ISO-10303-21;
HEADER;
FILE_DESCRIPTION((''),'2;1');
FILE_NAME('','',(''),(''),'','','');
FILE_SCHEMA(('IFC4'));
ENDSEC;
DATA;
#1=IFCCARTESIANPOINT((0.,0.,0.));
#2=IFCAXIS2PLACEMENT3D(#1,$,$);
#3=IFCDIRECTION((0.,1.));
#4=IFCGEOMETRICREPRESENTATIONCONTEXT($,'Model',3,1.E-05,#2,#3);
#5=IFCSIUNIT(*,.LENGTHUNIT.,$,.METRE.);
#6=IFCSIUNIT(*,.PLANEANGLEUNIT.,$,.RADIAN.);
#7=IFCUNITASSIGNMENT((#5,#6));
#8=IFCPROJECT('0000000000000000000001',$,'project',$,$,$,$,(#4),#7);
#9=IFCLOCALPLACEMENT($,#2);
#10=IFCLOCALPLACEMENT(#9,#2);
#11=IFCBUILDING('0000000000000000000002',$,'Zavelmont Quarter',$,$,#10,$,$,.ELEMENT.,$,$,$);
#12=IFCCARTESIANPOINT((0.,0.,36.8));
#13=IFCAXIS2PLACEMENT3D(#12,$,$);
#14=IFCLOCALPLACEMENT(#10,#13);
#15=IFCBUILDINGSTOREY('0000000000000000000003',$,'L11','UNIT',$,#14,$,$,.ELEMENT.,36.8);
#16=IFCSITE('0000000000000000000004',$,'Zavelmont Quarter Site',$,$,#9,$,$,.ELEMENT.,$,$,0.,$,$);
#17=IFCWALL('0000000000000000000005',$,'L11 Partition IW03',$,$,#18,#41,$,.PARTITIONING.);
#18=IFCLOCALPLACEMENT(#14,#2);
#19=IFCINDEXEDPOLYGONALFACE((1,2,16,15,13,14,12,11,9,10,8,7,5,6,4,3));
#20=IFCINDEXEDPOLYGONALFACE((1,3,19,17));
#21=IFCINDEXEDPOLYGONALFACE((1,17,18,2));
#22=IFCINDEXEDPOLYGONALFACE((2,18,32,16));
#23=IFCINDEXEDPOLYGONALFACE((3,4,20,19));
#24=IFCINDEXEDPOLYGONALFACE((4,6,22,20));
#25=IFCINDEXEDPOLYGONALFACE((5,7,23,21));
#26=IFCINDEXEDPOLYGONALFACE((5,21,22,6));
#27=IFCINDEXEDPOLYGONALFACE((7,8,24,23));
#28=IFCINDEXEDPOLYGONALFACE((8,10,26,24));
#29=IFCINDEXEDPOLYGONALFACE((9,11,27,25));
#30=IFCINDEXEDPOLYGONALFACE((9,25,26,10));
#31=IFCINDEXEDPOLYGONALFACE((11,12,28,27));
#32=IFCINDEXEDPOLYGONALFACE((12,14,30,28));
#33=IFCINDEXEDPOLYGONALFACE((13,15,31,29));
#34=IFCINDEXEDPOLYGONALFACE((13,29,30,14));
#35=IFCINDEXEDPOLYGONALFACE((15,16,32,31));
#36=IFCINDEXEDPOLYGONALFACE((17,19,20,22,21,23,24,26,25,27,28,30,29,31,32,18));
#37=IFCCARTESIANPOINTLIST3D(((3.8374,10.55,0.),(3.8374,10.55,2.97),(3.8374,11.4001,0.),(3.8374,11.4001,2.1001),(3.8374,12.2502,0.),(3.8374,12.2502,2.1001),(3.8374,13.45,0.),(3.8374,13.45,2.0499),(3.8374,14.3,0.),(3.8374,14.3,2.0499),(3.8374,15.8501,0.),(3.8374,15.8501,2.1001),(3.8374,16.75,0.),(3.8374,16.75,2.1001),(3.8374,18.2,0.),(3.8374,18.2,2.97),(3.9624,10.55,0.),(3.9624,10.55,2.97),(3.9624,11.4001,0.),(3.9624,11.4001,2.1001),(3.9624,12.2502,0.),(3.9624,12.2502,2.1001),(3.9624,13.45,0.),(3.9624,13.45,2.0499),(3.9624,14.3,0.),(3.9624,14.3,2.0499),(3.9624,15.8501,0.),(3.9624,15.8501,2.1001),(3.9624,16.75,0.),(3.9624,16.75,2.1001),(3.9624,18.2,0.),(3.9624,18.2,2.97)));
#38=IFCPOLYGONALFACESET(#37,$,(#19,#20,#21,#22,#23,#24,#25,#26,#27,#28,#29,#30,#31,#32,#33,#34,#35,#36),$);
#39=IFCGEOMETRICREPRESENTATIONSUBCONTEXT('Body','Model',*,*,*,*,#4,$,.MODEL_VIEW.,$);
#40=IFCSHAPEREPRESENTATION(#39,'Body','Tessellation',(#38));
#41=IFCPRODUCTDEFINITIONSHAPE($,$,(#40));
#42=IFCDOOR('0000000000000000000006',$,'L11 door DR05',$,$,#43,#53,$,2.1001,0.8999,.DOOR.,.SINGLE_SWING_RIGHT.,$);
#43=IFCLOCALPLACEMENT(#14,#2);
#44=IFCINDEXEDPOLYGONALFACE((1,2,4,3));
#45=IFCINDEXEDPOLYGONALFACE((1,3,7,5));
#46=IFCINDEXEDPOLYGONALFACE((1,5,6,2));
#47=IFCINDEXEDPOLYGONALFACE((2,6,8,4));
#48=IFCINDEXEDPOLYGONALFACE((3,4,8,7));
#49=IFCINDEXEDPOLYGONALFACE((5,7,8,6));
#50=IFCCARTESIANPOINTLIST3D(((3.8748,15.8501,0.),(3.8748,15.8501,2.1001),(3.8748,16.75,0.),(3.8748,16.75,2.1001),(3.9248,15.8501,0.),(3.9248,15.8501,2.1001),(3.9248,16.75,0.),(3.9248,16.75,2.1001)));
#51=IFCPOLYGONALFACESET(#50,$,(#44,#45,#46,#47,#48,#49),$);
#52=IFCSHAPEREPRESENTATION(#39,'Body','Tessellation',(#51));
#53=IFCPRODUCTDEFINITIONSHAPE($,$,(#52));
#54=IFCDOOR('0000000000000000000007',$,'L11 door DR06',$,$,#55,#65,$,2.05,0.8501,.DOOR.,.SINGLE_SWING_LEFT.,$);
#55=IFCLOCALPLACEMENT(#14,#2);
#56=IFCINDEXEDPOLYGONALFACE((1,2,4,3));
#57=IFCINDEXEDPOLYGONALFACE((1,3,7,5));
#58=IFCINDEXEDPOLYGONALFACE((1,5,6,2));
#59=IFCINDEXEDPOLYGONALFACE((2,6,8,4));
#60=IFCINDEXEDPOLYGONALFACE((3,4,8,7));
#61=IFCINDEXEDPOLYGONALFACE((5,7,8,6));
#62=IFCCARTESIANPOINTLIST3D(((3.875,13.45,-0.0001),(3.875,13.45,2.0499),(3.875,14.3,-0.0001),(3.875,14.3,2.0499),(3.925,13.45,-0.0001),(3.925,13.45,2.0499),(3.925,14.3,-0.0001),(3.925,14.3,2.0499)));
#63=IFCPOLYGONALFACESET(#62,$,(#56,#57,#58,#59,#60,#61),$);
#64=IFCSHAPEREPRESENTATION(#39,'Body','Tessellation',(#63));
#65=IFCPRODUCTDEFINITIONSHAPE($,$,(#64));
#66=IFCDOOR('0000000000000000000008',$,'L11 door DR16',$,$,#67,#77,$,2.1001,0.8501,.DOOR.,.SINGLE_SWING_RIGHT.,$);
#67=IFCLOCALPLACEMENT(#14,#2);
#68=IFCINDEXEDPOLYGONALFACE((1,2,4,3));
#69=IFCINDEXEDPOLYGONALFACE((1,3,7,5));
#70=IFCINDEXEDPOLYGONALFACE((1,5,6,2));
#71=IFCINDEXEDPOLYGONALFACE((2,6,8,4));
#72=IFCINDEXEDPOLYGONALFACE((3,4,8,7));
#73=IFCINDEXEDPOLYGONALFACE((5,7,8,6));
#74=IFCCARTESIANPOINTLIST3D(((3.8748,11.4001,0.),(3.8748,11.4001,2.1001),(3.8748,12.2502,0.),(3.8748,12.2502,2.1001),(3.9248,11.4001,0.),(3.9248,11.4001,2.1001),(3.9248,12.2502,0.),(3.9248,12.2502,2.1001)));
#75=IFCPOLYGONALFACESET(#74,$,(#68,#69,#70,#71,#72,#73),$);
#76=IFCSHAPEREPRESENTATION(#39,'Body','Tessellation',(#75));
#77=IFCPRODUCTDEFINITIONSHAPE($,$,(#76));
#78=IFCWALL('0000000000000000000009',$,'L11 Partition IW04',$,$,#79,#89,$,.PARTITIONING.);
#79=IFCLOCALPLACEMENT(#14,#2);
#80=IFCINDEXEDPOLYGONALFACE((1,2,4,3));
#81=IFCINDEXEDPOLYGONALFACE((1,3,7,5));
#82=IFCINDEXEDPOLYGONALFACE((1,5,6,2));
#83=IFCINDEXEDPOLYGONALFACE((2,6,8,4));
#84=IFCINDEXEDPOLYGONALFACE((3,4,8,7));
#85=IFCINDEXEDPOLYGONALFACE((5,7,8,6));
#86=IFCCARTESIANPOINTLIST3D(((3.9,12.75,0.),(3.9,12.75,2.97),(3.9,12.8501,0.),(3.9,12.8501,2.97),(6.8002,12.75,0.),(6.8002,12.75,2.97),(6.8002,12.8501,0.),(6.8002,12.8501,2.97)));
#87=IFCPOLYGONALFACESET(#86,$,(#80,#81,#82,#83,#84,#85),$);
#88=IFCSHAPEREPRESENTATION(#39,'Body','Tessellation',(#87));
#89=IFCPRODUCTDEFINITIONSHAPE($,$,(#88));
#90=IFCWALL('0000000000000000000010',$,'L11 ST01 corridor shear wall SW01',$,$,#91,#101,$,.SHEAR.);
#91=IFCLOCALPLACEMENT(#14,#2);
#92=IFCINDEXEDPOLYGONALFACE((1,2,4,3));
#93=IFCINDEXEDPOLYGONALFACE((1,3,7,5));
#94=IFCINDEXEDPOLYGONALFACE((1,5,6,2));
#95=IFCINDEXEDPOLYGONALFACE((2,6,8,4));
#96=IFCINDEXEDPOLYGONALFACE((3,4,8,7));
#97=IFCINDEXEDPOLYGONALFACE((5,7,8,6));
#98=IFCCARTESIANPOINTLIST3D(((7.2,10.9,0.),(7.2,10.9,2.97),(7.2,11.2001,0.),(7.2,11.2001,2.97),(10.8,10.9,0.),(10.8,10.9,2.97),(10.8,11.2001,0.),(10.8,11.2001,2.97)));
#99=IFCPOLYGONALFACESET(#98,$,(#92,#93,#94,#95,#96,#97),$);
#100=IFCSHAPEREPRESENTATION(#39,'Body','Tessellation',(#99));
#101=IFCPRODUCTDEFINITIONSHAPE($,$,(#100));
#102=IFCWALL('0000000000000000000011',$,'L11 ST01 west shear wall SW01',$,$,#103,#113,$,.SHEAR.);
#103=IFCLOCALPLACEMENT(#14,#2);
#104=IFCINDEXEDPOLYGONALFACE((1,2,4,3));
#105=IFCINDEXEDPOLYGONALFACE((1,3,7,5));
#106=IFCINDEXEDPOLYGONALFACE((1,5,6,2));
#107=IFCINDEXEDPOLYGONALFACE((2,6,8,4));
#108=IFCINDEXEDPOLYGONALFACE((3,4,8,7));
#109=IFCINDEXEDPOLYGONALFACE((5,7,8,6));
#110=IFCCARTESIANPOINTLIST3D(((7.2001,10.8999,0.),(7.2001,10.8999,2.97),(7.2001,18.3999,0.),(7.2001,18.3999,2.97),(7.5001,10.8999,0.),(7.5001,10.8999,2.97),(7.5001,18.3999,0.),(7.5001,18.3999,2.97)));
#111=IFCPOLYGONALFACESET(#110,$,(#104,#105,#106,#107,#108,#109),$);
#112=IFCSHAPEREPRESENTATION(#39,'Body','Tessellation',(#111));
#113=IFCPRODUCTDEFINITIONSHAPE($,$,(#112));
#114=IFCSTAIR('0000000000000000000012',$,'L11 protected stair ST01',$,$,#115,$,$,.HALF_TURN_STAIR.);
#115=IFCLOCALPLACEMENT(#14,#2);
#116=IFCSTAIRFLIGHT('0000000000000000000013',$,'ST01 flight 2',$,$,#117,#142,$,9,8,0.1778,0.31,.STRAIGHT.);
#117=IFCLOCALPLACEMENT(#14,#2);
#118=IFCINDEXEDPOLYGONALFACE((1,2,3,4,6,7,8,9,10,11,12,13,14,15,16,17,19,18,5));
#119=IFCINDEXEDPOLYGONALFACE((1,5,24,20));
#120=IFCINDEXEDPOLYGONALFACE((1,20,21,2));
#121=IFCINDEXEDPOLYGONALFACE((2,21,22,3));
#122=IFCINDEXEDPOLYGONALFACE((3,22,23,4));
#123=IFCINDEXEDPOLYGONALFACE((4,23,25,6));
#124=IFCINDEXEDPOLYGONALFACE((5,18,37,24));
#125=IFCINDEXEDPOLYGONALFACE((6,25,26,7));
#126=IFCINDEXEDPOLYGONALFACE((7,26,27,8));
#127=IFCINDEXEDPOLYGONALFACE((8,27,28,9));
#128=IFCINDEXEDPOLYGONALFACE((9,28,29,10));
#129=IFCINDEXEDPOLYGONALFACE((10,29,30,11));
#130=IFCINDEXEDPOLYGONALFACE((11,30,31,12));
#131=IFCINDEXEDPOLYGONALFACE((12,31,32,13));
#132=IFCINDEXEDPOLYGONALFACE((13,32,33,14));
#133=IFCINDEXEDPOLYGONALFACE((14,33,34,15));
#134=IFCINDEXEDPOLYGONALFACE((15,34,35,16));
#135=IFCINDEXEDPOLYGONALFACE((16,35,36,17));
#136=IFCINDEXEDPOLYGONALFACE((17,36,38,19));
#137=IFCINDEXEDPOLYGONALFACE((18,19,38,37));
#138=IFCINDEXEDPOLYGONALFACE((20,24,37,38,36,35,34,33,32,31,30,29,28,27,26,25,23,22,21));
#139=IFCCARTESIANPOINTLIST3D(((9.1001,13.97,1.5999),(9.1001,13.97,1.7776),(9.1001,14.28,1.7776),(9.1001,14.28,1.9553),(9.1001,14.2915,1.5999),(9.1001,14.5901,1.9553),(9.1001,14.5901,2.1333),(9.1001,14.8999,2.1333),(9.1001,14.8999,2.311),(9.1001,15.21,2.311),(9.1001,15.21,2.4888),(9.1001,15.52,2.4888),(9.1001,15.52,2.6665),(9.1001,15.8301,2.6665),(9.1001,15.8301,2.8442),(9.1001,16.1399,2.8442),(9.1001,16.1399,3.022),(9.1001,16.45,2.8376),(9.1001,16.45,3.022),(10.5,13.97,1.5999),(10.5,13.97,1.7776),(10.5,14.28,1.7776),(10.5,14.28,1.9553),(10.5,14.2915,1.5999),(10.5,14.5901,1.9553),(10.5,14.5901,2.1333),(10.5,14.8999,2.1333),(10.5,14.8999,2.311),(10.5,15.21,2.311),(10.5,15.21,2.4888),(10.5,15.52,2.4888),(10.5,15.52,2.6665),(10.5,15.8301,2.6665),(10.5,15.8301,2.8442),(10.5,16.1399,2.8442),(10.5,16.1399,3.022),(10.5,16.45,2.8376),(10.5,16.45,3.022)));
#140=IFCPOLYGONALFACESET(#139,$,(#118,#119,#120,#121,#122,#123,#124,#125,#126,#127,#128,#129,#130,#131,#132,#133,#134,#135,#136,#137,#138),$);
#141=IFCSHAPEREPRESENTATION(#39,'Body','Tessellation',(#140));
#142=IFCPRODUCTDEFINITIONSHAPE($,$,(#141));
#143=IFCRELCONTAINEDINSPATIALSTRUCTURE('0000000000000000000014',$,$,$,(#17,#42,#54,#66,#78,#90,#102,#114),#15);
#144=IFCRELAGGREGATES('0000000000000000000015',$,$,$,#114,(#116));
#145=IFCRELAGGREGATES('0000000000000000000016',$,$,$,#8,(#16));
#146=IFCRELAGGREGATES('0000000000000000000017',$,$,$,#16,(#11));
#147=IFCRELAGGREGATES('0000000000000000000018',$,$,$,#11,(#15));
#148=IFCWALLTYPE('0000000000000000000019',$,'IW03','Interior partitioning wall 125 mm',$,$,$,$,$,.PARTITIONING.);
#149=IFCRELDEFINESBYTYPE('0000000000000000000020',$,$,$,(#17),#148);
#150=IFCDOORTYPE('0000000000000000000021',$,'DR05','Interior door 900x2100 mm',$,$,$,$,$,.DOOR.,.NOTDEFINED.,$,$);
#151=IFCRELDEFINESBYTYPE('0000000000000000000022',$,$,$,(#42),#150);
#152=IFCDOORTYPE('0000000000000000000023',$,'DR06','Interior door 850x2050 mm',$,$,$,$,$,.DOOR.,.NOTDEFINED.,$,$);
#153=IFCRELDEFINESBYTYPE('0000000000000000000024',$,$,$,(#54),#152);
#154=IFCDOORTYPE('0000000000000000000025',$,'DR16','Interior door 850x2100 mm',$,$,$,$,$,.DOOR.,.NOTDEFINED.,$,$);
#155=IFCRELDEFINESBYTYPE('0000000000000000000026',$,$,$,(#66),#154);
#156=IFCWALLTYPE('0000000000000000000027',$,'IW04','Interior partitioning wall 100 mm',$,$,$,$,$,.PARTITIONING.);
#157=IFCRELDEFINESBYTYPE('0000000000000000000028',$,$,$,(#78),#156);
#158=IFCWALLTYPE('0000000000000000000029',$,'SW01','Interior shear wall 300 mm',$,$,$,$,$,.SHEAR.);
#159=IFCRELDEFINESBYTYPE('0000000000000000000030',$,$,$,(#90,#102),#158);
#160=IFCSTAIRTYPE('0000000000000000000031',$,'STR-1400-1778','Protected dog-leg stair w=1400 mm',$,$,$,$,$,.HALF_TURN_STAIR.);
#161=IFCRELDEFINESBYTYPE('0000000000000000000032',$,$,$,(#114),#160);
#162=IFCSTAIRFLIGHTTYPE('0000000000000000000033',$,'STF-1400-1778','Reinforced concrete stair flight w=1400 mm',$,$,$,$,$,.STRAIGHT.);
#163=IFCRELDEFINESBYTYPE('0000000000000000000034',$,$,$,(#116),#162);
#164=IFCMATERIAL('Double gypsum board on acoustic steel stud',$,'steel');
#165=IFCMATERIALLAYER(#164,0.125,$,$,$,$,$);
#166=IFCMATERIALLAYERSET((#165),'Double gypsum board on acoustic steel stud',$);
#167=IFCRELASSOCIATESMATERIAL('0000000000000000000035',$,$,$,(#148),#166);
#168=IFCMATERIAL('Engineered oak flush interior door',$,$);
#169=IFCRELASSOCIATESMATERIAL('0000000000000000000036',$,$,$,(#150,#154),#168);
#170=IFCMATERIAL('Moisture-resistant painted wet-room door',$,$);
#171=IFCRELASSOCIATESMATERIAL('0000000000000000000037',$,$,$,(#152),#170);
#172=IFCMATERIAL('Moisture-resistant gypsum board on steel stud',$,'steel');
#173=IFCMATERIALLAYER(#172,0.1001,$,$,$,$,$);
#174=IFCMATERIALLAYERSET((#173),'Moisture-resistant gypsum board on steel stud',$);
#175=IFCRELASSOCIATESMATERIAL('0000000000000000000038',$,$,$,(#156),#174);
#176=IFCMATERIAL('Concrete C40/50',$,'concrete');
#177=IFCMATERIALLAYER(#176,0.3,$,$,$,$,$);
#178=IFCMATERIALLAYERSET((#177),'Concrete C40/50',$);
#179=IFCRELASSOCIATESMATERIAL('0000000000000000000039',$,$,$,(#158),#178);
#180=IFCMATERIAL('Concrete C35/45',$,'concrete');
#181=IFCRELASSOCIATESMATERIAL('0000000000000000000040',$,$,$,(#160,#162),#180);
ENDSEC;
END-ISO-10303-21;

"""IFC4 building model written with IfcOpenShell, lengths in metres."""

from ifc_helpers import new_model, si_unit, direction, frame, frame_2d, origin, origin_with_axes, place, context, subcontext, project, spatial, polyline, rectangle, outline, extrude, material, layer, layer_set, type_object, element, fill, aggregate, save


model = new_model("IFC4")

# Units and contexts
model_context = context("Model", 3, precision=1e-05, world=origin(), true_north=direction((0.0, 1.0)))
body_context = subcontext(model_context, "Body", "Model", "MODEL_VIEW")
ifc_project = project(units=[si_unit("LENGTHUNIT", "METRE"), si_unit("PLANEANGLEUNIT", "RADIAN")], contexts=[model_context])

# Site, building, storey
site_placement = place(None, origin())
site = spatial("IfcSite", under=ifc_project, at=site_placement, Name="Zavelmont Quarter Site", CompositionType="ELEMENT", RefElevation=0.0)
building_placement = place(site_placement, origin())
building = spatial("IfcBuilding", under=site, at=building_placement, Name="Zavelmont Quarter", CompositionType="ELEMENT")
storey_placement = place(building_placement, frame((0.0, 0.0, 36.8)))
storey = spatial("IfcBuildingStorey", under=building, at=storey_placement, Name="L11", Description="UNIT", CompositionType="ELEMENT", Elevation=36.8)

# Shared definitions
ifc_material_1 = material(Name="Concrete C35/45", Category="concrete")

# Shared definitions
ifc_material_2 = material(Name="Concrete C40/50", Category="concrete")

# Wall, openings, doors
ifc_material_3 = material(Name="Double gypsum board on acoustic steel stud", Category="steel")
ifc_layer_1 = layer(ifc_material_3, 0.125)
ifc_layer_set_1 = layer_set([ifc_layer_1], Name="Double gypsum board on acoustic steel stud")
wall_type_1 = type_object("IfcWallType", Name="IW03", Description="Interior partitioning wall 125 mm", PredefinedType="PARTITIONING", material=ifc_layer_set_1)
wall_1_placement = place(storey_placement, frame((3.8999, 10.55, 0.0), z_axis=(0.0, 0.0, 1.0), x_axis=(0.0, 1.0, 0.0)))
wall_1 = element("IfcWall", 1, at=wall_1_placement, inside=storey, type_object=wall_type_1, Name="L11 Partition IW03", PredefinedType="PARTITIONING", context=body_context, shape_type="SweptSolid", body=[
    extrude(rectangle(XDim=7.6499, YDim=0.125, at=frame_2d((3.825, 0.0))), origin(), (0.0, 0.0, 1.0), 2.97),
])
opening_1_placement = place(wall_1_placement, frame((0.8501, 0.0, 0.0)))
opening_1 = element("IfcOpeningElement", 2, at=opening_1_placement, cuts=wall_1, PredefinedType="OPENING", context=body_context, shape_type="SweptSolid", body=[
    extrude(rectangle(XDim=0.8501, YDim=2.1001, at=frame_2d((0.425, 1.05))), frame((0.0, 0.0745, 0.0), z_axis=(0.0, -1.0, 0.0), x_axis=(1.0, 0.0, 0.0)), (0.0, 0.0, 1.0), 0.1489),
])
opening_2_placement = place(wall_1_placement, frame((2.8999, 0.0, 0.0)))
opening_2 = element("IfcOpeningElement", 3, at=opening_2_placement, cuts=wall_1, PredefinedType="OPENING", context=body_context, shape_type="SweptSolid", body=[
    extrude(rectangle(XDim=0.8501, YDim=2.05, at=frame_2d((0.425, 1.0249))), frame((0.0, 0.0745, 0.0), z_axis=(0.0, -1.0, 0.0), x_axis=(1.0, 0.0, 0.0)), (0.0, 0.0, 1.0), 0.1489),
])
opening_3_placement = place(wall_1_placement, frame((5.3, 0.0, 0.0)))
opening_3 = element("IfcOpeningElement", 4, at=opening_3_placement, cuts=wall_1, PredefinedType="OPENING", context=body_context, shape_type="SweptSolid", body=[
    extrude(rectangle(XDim=0.8999, YDim=2.1001, at=frame_2d((0.45, 1.05))), frame((0.0, 0.0745, 0.0), z_axis=(0.0, -1.0, 0.0), x_axis=(1.0, 0.0, 0.0)), (0.0, 0.0, 1.0), 0.1489),
])
ifc_material_4 = material(Name="Engineered oak flush interior door")
door_type_1 = type_object("IfcDoorType", Name="DR05", Description="Interior door 900x2100 mm", OperationType="NOTDEFINED", PredefinedType="DOOR", material=ifc_material_4)
door_1_placement = place(opening_3_placement, frame((0.8999, 0.0, 0.0), z_axis=(0.0, 0.0, 1.0), x_axis=(-1.0, 0.0, 0.0)))
door_1 = element("IfcDoor", 5, at=door_1_placement, inside=storey, type_object=door_type_1, Name="L11 door DR05", OperationType="SINGLE_SWING_RIGHT", OverallHeight=2.1001, OverallWidth=0.8999, PredefinedType="DOOR", context=body_context, shape_type="SweptSolid", body=[
    extrude(rectangle(XDim=0.8999, YDim=2.1001, at=frame_2d((0.45, 1.05))), frame((0.0, 0.0249, 0.0), z_axis=(0.0, -1.0, 0.0), x_axis=(1.0, 0.0, 0.0)), (0.0, 0.0, 1.0), 0.05),
])
fill(opening_3, door_1)
ifc_material_5 = material(Name="Moisture-resistant painted wet-room door")
door_type_2 = type_object("IfcDoorType", Name="DR06", Description="Interior door 850x2050 mm", OperationType="NOTDEFINED", PredefinedType="DOOR", material=ifc_material_5)
door_2_placement = place(opening_2_placement, origin_with_axes())
door_2 = element("IfcDoor", 6, at=door_2_placement, inside=storey, type_object=door_type_2, Name="L11 door DR06", OperationType="SINGLE_SWING_LEFT", OverallHeight=2.05, OverallWidth=0.8501, PredefinedType="DOOR", context=body_context, shape_type="SweptSolid", body=[
    extrude(rectangle(XDim=0.8501, YDim=2.05, at=frame_2d((0.425, 1.0249))), frame((0.0, 0.0249, 0.0), z_axis=(0.0, -1.0, 0.0), x_axis=(1.0, 0.0, 0.0)), (0.0, 0.0, 1.0), 0.05),
])
fill(opening_2, door_2)
door_type_3 = type_object("IfcDoorType", Name="DR16", Description="Interior door 850x2100 mm", OperationType="NOTDEFINED", PredefinedType="DOOR", material=ifc_material_4)
door_3_placement = place(opening_1_placement, frame((0.8501, 0.0, 0.0), z_axis=(0.0, 0.0, 1.0), x_axis=(-1.0, 0.0, 0.0)))
door_3 = element("IfcDoor", 7, at=door_3_placement, inside=storey, type_object=door_type_3, Name="L11 door DR16", OperationType="SINGLE_SWING_RIGHT", OverallHeight=2.1001, OverallWidth=0.8501, PredefinedType="DOOR", context=body_context, shape_type="SweptSolid", body=[
    extrude(rectangle(XDim=0.8501, YDim=2.1001, at=frame_2d((0.425, 1.05))), frame((0.0, 0.0249, 0.0), z_axis=(0.0, -1.0, 0.0), x_axis=(1.0, 0.0, 0.0)), (0.0, 0.0, 1.0), 0.05),
])
fill(opening_1, door_3)

# Walls
ifc_material_6 = material(Name="Moisture-resistant gypsum board on steel stud", Category="steel")
ifc_layer_2 = layer(ifc_material_6, 0.1001)
ifc_layer_set_2 = layer_set([ifc_layer_2], Name="Moisture-resistant gypsum board on steel stud")
wall_type_2 = type_object("IfcWallType", Name="IW04", Description="Interior partitioning wall 100 mm", PredefinedType="PARTITIONING", material=ifc_layer_set_2)
wall_2_placement = place(storey_placement, frame((3.8999, 12.8, 0.0), z_axis=(0.0, 0.0, 1.0), x_axis=(1.0, 0.0, 0.0)))
element("IfcWall", 8, at=wall_2_placement, inside=storey, type_object=wall_type_2, Name="L11 Partition IW04", PredefinedType="PARTITIONING", context=body_context, shape_type="SweptSolid", body=[
    extrude(rectangle(XDim=2.9001, YDim=0.1001, at=frame_2d((1.4502, 0.0))), origin(), (0.0, 0.0, 1.0), 2.97),
])
ifc_layer_3 = layer(ifc_material_2, 0.3)
ifc_layer_set_3 = layer_set([ifc_layer_3], Name="Concrete C40/50")
wall_type_3 = type_object("IfcWallType", Name="SW01", Description="Interior shear wall 300 mm", PredefinedType="SHEAR", material=ifc_layer_set_3)
wall_3_placement = place(storey_placement, frame((7.2, 11.05, 0.0), z_axis=(0.0, 0.0, 1.0), x_axis=(1.0, 0.0, 0.0)))
element("IfcWall", 9, at=wall_3_placement, inside=storey, type_object=wall_type_3, Name="L11 ST01 corridor shear wall SW01", PredefinedType="SHEAR", context=body_context, shape_type="SweptSolid", body=[
    extrude(rectangle(XDim=3.6001, YDim=0.3, at=frame_2d((1.8, 0.0))), origin(), (0.0, 0.0, 1.0), 2.97),
])
wall_4_placement = place(storey_placement, frame((7.3501, 10.8999, 0.0), z_axis=(0.0, 0.0, 1.0), x_axis=(0.0, 1.0, 0.0)))
element("IfcWall", 10, at=wall_4_placement, inside=storey, type_object=wall_type_3, Name="L11 ST01 west shear wall SW01", PredefinedType="SHEAR", context=body_context, shape_type="SweptSolid", body=[
    extrude(rectangle(XDim=7.5, YDim=0.3, at=frame_2d((3.75, 0.0))), origin(), (0.0, 0.0, 1.0), 2.97),
])

# Stair, stair flight
stair_type = type_object("IfcStairType", Name="STR-1400-1778", Description="Protected dog-leg stair w=1400 mm", PredefinedType="HALF_TURN_STAIR", material=ifc_material_1)
stair_placement = place(storey_placement, origin())
stair = element("IfcStair", 11, at=stair_placement, inside=storey, type_object=stair_type, Name="L11 protected stair ST01", PredefinedType="HALF_TURN_STAIR")
stair_flight_type = type_object("IfcStairFlightType", Name="STF-1400-1778", Description="Reinforced concrete stair flight w=1400 mm", PredefinedType="STRAIGHT", material=ifc_material_1)
stair_flight_placement = place(storey_placement, frame((9.8, 13.97, 1.5999), z_axis=(0.0, 0.0, 1.0), x_axis=(0.0, 1.0, 0.0)))
stair_flight = element("IfcStairFlight", 12, at=stair_flight_placement, type_object=stair_flight_type, Name="ST01 flight 2", NumberOfRisers=9, NumberOfTreads=8, PredefinedType="STRAIGHT", RiserHeight=0.1778, TreadLength=0.31, context=body_context, shape_type="SweptSolid", body=[
    extrude(outline(polyline([(0.0, 0.0), (0.0, 0.1777), (0.3101, 0.1777), (0.3101, 0.3555), (0.6201, 0.3555), (0.6201, 0.5334), (0.9299, 0.5334), (0.9299, 0.7112), (1.24, 0.7112), (1.24, 0.8889), (1.55, 0.8889), (1.55, 1.0667), (1.8601, 1.0667), (1.8601, 1.2444), (2.1699, 1.2444), (2.1699, 1.4221), (2.48, 1.4221), (2.48, 1.6001), (2.48, 1.2378), (0.3215, 0.0), (0.0, 0.0)])), frame((0.0, 0.7, 0.0), z_axis=(0.0, -1.0, 0.0), x_axis=(1.0, 0.0, 0.0)), (0.0, 0.0, 1.0), 1.3999),
])
aggregate(stair, [stair_flight])

save(model, "model.ifc")
